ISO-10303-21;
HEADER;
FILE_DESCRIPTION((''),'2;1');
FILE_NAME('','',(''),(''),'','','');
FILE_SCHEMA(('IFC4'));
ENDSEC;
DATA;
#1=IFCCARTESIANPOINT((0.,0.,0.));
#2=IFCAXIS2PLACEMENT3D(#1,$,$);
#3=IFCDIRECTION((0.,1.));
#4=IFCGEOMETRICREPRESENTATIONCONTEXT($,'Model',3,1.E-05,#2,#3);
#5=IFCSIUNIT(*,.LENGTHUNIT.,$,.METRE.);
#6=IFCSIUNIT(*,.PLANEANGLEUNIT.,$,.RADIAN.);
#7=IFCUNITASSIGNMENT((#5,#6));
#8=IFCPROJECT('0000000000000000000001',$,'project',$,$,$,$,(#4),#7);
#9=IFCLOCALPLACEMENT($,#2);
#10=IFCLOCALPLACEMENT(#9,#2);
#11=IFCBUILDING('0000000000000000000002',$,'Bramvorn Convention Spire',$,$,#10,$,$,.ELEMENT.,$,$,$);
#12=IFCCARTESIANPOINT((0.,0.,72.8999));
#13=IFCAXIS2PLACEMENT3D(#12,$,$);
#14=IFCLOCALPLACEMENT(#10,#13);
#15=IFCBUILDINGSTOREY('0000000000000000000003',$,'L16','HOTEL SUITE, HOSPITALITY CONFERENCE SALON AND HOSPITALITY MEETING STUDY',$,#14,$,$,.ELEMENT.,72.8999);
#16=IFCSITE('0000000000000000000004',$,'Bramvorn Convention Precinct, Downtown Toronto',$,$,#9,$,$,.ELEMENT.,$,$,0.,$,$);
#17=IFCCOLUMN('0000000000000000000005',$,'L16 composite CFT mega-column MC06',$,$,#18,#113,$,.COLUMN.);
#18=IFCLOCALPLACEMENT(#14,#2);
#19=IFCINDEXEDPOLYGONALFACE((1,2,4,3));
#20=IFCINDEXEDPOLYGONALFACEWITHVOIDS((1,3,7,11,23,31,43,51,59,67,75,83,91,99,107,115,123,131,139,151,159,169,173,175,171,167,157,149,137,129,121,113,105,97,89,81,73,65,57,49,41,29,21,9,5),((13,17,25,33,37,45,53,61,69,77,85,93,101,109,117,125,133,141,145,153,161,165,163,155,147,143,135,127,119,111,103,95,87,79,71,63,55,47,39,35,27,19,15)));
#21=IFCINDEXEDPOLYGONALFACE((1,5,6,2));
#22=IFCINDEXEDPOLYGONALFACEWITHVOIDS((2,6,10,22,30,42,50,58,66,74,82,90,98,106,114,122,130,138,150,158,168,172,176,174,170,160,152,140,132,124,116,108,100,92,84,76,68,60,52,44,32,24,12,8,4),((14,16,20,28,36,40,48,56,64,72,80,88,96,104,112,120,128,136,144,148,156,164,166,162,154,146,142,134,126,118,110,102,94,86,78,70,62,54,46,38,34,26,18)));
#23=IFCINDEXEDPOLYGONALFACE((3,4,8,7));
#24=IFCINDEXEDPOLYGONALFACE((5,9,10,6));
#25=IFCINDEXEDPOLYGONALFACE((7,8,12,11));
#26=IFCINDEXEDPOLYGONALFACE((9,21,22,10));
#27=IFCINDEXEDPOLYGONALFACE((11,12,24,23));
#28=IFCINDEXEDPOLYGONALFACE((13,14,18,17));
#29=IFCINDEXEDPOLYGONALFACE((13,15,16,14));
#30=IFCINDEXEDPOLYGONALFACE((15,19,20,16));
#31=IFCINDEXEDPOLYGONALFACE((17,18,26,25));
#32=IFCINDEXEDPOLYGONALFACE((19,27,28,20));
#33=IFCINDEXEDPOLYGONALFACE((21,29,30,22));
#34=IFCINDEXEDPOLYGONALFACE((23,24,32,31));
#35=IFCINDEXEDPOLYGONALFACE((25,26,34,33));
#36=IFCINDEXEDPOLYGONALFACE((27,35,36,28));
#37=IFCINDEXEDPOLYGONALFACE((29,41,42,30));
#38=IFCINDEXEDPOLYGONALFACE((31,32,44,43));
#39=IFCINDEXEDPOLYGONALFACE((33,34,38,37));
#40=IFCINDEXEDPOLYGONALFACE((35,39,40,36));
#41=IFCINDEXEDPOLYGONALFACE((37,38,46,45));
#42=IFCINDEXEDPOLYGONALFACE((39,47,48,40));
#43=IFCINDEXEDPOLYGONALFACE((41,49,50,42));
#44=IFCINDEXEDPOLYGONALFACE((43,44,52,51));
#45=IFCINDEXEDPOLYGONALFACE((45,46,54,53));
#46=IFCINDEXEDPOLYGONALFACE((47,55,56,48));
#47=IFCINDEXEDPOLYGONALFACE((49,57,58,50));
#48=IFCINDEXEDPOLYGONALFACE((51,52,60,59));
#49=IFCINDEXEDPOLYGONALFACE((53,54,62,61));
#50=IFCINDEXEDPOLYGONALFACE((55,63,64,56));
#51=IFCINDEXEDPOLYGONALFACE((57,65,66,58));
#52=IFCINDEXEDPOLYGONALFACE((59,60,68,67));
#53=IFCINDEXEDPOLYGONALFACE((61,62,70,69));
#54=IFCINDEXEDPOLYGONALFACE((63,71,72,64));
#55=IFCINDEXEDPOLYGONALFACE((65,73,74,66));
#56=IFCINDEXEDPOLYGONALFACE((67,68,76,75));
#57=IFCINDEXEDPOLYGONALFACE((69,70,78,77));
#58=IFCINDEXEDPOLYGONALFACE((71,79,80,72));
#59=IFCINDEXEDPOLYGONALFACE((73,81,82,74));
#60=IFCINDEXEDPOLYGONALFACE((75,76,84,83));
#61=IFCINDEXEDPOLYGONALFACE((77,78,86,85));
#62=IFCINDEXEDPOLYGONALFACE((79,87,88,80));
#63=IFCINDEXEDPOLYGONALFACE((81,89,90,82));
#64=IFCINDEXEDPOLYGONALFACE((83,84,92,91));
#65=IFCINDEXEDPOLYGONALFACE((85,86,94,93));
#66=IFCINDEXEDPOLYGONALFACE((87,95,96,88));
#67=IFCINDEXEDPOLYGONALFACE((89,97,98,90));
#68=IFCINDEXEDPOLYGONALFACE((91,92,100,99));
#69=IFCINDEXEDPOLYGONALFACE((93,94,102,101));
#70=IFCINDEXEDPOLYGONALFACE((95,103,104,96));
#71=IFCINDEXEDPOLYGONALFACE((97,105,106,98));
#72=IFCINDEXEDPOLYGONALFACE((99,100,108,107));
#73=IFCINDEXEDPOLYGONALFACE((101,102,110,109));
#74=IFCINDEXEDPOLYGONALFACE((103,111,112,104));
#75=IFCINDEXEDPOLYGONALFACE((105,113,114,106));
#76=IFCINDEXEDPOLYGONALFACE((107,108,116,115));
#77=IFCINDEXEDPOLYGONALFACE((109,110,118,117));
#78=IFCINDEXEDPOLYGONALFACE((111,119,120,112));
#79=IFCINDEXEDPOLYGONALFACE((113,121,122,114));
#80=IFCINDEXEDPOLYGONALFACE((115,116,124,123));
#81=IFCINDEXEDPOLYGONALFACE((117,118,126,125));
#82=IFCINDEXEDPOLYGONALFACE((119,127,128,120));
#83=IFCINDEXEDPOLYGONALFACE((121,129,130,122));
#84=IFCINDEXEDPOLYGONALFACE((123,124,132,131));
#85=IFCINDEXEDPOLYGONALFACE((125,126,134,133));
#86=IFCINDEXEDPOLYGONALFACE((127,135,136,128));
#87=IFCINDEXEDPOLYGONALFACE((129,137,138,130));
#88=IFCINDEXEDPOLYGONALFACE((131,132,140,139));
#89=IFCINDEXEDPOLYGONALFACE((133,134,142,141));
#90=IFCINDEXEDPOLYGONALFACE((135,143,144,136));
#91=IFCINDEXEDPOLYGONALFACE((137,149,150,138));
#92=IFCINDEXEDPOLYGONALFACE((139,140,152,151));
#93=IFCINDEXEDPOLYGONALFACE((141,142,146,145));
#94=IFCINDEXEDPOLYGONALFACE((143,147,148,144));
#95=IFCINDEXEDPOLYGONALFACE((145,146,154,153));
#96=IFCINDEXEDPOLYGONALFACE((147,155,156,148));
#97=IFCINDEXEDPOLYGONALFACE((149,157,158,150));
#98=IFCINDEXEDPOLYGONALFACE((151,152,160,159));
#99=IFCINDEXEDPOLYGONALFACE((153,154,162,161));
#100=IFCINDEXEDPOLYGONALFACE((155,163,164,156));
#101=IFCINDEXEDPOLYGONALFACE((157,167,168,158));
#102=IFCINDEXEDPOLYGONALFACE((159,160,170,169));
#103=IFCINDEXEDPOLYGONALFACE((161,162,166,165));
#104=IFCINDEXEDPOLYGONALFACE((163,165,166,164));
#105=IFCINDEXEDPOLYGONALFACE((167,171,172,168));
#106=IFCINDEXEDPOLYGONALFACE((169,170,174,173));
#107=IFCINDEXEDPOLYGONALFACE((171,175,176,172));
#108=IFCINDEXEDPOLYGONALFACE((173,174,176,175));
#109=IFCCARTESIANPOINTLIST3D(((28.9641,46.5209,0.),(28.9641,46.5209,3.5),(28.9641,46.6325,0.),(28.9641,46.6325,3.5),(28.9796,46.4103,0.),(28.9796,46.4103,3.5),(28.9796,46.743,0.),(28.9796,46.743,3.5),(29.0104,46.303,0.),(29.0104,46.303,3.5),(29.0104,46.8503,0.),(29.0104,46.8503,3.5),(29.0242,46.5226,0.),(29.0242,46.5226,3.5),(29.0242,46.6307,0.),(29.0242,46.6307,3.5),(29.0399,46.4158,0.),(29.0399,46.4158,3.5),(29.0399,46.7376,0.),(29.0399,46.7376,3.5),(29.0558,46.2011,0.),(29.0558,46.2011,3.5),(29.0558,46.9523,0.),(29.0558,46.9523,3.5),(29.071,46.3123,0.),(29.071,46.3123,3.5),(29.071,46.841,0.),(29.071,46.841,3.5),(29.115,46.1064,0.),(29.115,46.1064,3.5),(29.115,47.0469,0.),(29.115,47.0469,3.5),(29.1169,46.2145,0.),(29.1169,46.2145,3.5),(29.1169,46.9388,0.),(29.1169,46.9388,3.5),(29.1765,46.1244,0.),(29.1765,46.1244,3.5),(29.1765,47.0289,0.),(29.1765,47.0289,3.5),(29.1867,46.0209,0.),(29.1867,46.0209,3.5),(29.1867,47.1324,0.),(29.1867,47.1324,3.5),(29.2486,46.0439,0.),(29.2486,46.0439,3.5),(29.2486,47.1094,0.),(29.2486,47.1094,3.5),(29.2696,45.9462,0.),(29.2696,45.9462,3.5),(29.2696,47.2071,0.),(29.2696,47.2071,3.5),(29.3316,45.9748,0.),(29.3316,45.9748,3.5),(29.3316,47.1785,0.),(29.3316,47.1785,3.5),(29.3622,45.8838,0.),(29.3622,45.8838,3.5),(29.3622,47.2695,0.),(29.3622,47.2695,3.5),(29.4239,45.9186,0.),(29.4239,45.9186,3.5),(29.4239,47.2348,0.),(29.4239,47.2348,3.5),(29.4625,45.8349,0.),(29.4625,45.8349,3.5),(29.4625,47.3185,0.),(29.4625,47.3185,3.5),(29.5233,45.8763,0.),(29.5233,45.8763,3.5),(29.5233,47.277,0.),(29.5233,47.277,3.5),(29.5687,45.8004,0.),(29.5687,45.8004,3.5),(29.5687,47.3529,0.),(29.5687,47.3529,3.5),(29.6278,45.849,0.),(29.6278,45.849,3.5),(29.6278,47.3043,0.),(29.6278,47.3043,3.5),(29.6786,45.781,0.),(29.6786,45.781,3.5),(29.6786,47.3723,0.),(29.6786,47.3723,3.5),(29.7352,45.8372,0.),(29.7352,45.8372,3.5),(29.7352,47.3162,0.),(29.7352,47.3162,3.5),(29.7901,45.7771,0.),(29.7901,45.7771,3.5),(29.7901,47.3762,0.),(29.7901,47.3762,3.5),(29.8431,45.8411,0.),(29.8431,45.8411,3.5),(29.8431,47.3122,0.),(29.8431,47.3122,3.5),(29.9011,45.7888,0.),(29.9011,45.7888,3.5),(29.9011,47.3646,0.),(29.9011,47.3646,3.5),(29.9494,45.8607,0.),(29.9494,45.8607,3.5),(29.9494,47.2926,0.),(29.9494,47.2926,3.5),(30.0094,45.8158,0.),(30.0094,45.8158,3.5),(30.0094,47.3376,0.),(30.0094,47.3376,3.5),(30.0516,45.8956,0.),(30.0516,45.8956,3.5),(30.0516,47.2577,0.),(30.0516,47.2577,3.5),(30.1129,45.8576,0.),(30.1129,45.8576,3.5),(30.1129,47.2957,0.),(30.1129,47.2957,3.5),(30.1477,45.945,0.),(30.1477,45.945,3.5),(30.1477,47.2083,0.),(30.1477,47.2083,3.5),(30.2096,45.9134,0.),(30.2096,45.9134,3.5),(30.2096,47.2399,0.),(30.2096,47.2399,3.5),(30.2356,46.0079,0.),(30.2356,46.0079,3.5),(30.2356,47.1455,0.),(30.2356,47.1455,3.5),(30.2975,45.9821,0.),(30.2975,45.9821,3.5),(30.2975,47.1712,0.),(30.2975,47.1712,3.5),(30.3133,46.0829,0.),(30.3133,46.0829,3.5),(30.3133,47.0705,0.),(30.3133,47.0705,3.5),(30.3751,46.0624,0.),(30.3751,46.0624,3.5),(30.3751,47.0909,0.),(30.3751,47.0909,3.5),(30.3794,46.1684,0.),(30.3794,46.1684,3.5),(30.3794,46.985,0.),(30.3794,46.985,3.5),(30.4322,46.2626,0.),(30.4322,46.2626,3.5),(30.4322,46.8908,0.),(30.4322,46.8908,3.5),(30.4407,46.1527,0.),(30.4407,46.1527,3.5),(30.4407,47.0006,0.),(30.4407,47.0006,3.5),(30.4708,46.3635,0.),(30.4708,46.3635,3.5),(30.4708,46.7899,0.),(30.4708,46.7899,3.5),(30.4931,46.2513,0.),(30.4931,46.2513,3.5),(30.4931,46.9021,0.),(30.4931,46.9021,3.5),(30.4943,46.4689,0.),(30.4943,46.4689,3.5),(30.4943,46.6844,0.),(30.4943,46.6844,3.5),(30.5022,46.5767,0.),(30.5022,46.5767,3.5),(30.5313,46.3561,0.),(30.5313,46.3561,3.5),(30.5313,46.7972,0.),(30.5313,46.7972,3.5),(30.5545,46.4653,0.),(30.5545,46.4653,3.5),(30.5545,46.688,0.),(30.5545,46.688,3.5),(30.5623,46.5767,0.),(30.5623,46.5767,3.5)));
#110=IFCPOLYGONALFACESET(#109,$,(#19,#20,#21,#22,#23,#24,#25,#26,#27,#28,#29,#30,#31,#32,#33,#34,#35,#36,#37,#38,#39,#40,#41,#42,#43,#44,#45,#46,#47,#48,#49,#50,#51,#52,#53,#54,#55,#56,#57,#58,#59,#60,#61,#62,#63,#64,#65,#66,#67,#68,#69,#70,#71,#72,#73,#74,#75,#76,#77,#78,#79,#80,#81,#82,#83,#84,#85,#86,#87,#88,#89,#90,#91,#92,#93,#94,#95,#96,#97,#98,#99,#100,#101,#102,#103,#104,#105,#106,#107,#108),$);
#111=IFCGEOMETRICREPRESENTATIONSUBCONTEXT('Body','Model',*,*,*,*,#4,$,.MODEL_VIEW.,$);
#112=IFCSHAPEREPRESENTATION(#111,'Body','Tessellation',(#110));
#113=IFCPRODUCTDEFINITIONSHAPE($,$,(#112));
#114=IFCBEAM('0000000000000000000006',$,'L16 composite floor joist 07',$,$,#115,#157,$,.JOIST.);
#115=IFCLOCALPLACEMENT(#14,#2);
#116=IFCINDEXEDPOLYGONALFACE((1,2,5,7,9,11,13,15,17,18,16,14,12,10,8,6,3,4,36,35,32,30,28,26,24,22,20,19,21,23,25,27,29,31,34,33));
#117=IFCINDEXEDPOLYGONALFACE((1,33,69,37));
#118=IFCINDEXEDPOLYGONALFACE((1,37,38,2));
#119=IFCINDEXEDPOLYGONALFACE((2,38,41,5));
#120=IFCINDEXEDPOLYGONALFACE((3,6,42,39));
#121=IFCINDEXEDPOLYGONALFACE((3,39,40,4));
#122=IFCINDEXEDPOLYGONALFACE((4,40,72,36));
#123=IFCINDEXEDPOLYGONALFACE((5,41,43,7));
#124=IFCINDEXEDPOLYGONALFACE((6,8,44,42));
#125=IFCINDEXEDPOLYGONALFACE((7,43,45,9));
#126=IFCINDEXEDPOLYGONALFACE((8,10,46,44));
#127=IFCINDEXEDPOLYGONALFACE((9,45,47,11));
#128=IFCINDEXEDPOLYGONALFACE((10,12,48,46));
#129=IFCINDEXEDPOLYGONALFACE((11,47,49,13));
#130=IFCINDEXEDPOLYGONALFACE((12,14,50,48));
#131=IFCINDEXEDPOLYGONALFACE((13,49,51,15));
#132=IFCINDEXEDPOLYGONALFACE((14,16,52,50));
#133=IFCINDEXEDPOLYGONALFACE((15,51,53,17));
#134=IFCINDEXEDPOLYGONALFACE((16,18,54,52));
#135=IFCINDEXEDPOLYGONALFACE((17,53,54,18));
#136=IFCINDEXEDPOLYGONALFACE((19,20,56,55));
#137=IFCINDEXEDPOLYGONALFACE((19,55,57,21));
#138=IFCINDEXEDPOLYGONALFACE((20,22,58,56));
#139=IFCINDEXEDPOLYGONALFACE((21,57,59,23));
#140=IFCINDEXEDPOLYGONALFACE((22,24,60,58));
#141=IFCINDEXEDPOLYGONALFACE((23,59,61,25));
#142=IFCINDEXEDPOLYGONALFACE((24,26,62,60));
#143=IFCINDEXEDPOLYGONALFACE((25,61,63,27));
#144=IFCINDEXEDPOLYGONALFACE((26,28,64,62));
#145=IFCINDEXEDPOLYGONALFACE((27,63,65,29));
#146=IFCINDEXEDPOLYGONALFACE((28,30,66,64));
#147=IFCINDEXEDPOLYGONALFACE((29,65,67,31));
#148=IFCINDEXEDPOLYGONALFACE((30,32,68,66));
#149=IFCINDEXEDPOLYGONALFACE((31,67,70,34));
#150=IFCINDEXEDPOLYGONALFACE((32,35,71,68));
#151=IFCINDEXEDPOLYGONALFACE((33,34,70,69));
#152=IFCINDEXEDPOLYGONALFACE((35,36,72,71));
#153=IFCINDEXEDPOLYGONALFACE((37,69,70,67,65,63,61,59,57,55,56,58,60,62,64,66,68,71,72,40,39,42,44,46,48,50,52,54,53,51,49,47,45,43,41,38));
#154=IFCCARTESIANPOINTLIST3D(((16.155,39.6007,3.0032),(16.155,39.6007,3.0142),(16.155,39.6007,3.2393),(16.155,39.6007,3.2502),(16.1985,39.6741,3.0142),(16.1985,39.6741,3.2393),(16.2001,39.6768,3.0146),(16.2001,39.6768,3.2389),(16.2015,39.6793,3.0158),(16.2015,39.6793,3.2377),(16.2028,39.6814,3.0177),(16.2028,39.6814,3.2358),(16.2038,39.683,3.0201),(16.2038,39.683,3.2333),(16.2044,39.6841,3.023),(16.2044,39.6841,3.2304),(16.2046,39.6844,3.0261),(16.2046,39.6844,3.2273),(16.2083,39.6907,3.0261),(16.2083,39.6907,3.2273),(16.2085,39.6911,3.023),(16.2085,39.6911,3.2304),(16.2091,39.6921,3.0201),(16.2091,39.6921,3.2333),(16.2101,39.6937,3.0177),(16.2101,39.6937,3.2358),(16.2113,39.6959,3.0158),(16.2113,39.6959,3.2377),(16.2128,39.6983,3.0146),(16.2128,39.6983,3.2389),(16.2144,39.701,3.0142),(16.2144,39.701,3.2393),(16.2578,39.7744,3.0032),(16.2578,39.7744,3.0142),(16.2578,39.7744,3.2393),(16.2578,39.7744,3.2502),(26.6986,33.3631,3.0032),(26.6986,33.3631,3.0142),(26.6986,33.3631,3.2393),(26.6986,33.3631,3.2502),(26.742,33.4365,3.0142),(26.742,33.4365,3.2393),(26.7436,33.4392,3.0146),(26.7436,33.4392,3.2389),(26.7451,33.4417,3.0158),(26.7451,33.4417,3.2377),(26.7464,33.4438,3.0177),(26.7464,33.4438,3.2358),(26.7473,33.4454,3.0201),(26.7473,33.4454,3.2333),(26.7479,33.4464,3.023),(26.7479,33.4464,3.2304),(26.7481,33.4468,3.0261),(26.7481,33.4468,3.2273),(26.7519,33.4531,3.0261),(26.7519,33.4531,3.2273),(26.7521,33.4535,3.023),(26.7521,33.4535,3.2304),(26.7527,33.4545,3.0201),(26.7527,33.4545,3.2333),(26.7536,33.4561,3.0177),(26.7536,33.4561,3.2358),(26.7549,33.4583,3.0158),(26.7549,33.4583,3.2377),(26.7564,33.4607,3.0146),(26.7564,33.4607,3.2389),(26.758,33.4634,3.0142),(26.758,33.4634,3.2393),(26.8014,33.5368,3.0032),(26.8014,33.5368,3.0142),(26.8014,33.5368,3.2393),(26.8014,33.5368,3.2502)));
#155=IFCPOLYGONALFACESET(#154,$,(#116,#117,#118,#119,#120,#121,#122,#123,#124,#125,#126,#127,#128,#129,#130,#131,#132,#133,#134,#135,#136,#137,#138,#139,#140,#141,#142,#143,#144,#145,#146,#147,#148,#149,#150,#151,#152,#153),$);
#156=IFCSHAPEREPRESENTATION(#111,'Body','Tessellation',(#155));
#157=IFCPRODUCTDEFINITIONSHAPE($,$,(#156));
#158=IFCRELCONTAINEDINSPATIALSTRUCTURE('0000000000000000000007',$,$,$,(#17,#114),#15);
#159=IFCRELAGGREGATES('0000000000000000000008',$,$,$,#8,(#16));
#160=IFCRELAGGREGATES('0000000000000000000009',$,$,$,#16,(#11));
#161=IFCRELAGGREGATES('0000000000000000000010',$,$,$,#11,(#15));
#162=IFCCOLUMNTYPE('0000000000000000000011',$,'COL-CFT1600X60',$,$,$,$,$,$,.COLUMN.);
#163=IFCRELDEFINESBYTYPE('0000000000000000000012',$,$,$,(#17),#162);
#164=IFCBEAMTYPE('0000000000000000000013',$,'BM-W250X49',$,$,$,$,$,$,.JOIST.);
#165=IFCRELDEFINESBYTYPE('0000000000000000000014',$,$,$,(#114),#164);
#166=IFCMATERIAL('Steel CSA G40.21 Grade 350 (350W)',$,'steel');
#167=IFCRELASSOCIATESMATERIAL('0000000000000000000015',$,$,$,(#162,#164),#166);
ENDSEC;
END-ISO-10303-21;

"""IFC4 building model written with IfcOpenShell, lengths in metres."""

from ifc_helpers import new_model, si_unit, direction, frame, origin, origin_2d, place, context, subcontext, project, spatial, hollow_circle, i_section, extrude, material, material_profile, profile_set, type_object, element, save


model = new_model("IFC4")

# Units and contexts
model_context = context("Model", 3, precision=1e-05, world=origin(), true_north=direction((0.0, 1.0)))
body_context = subcontext(model_context, "Body", "Model", "MODEL_VIEW")
ifc_project = project(units=[si_unit("LENGTHUNIT", "METRE"), si_unit("PLANEANGLEUNIT", "RADIAN")], contexts=[model_context])

# Site, building, storey
site_placement = place(None, origin())
site = spatial("IfcSite", under=ifc_project, at=site_placement, Name="Bramvorn Convention Precinct, Downtown Toronto", CompositionType="ELEMENT", RefElevation=0.0)
building_placement = place(site_placement, origin())
building = spatial("IfcBuilding", under=site, at=building_placement, Name="Bramvorn Convention Spire", CompositionType="ELEMENT")
storey_placement = place(building_placement, frame((0.0, 0.0, 72.8999)))
storey = spatial("IfcBuildingStorey", under=building, at=storey_placement, Name="L16", Description="HOTEL SUITE, HOSPITALITY CONFERENCE SALON AND HOSPITALITY MEETING STUDY", CompositionType="ELEMENT", Elevation=72.8999)

# Column
ifc_material_1 = material(Name="Steel CSA G40.21 Grade 350 (350W)", Category="steel")
ifc_material_profile_1 = material_profile(ifc_material_1, hollow_circle(Radius=0.8, WallThickness=0.0601, at=origin_2d()))
ifc_profile_set_1 = profile_set([ifc_material_profile_1], Name="Steel CSA G40.21 Grade 350 (350W) - CFT1600X60")
column_type = type_object("IfcColumnType", Name="COL-CFT1600X60", PredefinedType="COLUMN", material=ifc_profile_set_1)
column_placement = place(storey_placement, frame((29.7622, 46.5767, 0.0), z_axis=(0.0, 0.0, 1.0), x_axis=(1.0, 0.0, 0.0)))
element("IfcColumn", 1, at=column_placement, inside=storey, type_object=column_type, Name="L16 composite CFT mega-column MC06", PredefinedType="COLUMN", context=body_context, shape_type="SweptSolid", body=[
    extrude(hollow_circle(Radius=0.8, WallThickness=0.0601, at=origin_2d()), origin(), (0.0, 0.0, 1.0), 3.5),
])

# Beam
ifc_material_profile_2 = material_profile(ifc_material_1, i_section(OverallWidth=0.2019, OverallDepth=0.2471, WebThickness=0.0073, FlangeThickness=0.011, FilletRadius=0.012, at=origin_2d()))
ifc_profile_set_2 = profile_set([ifc_material_profile_2], Name="Steel CSA G40.21 Grade 350 (350W) - W250X49")
beam_type_1 = type_object("IfcBeamType", Name="BM-W250X49", PredefinedType="JOIST", material=ifc_profile_set_2)
beam_1_placement = place(storey_placement, frame((26.75, 33.45, 3.1267), z_axis=(-0.860665, 0.509172, 0.0), x_axis=(-0.509172, -0.860665, 0.0)))
element("IfcBeam", 2, at=beam_1_placement, inside=storey, type_object=beam_type_1, Name="L16 composite floor joist 07", PredefinedType="JOIST", context=body_context, shape_type="SweptSolid", body=[
    extrude(i_section(OverallWidth=0.2019, OverallDepth=0.2471, WebThickness=0.0073, FlangeThickness=0.011, FilletRadius=0.012, at=origin_2d()), origin(), (0.0, 0.0, 1.0), 12.2505),
])

save(model, "model.ifc")
